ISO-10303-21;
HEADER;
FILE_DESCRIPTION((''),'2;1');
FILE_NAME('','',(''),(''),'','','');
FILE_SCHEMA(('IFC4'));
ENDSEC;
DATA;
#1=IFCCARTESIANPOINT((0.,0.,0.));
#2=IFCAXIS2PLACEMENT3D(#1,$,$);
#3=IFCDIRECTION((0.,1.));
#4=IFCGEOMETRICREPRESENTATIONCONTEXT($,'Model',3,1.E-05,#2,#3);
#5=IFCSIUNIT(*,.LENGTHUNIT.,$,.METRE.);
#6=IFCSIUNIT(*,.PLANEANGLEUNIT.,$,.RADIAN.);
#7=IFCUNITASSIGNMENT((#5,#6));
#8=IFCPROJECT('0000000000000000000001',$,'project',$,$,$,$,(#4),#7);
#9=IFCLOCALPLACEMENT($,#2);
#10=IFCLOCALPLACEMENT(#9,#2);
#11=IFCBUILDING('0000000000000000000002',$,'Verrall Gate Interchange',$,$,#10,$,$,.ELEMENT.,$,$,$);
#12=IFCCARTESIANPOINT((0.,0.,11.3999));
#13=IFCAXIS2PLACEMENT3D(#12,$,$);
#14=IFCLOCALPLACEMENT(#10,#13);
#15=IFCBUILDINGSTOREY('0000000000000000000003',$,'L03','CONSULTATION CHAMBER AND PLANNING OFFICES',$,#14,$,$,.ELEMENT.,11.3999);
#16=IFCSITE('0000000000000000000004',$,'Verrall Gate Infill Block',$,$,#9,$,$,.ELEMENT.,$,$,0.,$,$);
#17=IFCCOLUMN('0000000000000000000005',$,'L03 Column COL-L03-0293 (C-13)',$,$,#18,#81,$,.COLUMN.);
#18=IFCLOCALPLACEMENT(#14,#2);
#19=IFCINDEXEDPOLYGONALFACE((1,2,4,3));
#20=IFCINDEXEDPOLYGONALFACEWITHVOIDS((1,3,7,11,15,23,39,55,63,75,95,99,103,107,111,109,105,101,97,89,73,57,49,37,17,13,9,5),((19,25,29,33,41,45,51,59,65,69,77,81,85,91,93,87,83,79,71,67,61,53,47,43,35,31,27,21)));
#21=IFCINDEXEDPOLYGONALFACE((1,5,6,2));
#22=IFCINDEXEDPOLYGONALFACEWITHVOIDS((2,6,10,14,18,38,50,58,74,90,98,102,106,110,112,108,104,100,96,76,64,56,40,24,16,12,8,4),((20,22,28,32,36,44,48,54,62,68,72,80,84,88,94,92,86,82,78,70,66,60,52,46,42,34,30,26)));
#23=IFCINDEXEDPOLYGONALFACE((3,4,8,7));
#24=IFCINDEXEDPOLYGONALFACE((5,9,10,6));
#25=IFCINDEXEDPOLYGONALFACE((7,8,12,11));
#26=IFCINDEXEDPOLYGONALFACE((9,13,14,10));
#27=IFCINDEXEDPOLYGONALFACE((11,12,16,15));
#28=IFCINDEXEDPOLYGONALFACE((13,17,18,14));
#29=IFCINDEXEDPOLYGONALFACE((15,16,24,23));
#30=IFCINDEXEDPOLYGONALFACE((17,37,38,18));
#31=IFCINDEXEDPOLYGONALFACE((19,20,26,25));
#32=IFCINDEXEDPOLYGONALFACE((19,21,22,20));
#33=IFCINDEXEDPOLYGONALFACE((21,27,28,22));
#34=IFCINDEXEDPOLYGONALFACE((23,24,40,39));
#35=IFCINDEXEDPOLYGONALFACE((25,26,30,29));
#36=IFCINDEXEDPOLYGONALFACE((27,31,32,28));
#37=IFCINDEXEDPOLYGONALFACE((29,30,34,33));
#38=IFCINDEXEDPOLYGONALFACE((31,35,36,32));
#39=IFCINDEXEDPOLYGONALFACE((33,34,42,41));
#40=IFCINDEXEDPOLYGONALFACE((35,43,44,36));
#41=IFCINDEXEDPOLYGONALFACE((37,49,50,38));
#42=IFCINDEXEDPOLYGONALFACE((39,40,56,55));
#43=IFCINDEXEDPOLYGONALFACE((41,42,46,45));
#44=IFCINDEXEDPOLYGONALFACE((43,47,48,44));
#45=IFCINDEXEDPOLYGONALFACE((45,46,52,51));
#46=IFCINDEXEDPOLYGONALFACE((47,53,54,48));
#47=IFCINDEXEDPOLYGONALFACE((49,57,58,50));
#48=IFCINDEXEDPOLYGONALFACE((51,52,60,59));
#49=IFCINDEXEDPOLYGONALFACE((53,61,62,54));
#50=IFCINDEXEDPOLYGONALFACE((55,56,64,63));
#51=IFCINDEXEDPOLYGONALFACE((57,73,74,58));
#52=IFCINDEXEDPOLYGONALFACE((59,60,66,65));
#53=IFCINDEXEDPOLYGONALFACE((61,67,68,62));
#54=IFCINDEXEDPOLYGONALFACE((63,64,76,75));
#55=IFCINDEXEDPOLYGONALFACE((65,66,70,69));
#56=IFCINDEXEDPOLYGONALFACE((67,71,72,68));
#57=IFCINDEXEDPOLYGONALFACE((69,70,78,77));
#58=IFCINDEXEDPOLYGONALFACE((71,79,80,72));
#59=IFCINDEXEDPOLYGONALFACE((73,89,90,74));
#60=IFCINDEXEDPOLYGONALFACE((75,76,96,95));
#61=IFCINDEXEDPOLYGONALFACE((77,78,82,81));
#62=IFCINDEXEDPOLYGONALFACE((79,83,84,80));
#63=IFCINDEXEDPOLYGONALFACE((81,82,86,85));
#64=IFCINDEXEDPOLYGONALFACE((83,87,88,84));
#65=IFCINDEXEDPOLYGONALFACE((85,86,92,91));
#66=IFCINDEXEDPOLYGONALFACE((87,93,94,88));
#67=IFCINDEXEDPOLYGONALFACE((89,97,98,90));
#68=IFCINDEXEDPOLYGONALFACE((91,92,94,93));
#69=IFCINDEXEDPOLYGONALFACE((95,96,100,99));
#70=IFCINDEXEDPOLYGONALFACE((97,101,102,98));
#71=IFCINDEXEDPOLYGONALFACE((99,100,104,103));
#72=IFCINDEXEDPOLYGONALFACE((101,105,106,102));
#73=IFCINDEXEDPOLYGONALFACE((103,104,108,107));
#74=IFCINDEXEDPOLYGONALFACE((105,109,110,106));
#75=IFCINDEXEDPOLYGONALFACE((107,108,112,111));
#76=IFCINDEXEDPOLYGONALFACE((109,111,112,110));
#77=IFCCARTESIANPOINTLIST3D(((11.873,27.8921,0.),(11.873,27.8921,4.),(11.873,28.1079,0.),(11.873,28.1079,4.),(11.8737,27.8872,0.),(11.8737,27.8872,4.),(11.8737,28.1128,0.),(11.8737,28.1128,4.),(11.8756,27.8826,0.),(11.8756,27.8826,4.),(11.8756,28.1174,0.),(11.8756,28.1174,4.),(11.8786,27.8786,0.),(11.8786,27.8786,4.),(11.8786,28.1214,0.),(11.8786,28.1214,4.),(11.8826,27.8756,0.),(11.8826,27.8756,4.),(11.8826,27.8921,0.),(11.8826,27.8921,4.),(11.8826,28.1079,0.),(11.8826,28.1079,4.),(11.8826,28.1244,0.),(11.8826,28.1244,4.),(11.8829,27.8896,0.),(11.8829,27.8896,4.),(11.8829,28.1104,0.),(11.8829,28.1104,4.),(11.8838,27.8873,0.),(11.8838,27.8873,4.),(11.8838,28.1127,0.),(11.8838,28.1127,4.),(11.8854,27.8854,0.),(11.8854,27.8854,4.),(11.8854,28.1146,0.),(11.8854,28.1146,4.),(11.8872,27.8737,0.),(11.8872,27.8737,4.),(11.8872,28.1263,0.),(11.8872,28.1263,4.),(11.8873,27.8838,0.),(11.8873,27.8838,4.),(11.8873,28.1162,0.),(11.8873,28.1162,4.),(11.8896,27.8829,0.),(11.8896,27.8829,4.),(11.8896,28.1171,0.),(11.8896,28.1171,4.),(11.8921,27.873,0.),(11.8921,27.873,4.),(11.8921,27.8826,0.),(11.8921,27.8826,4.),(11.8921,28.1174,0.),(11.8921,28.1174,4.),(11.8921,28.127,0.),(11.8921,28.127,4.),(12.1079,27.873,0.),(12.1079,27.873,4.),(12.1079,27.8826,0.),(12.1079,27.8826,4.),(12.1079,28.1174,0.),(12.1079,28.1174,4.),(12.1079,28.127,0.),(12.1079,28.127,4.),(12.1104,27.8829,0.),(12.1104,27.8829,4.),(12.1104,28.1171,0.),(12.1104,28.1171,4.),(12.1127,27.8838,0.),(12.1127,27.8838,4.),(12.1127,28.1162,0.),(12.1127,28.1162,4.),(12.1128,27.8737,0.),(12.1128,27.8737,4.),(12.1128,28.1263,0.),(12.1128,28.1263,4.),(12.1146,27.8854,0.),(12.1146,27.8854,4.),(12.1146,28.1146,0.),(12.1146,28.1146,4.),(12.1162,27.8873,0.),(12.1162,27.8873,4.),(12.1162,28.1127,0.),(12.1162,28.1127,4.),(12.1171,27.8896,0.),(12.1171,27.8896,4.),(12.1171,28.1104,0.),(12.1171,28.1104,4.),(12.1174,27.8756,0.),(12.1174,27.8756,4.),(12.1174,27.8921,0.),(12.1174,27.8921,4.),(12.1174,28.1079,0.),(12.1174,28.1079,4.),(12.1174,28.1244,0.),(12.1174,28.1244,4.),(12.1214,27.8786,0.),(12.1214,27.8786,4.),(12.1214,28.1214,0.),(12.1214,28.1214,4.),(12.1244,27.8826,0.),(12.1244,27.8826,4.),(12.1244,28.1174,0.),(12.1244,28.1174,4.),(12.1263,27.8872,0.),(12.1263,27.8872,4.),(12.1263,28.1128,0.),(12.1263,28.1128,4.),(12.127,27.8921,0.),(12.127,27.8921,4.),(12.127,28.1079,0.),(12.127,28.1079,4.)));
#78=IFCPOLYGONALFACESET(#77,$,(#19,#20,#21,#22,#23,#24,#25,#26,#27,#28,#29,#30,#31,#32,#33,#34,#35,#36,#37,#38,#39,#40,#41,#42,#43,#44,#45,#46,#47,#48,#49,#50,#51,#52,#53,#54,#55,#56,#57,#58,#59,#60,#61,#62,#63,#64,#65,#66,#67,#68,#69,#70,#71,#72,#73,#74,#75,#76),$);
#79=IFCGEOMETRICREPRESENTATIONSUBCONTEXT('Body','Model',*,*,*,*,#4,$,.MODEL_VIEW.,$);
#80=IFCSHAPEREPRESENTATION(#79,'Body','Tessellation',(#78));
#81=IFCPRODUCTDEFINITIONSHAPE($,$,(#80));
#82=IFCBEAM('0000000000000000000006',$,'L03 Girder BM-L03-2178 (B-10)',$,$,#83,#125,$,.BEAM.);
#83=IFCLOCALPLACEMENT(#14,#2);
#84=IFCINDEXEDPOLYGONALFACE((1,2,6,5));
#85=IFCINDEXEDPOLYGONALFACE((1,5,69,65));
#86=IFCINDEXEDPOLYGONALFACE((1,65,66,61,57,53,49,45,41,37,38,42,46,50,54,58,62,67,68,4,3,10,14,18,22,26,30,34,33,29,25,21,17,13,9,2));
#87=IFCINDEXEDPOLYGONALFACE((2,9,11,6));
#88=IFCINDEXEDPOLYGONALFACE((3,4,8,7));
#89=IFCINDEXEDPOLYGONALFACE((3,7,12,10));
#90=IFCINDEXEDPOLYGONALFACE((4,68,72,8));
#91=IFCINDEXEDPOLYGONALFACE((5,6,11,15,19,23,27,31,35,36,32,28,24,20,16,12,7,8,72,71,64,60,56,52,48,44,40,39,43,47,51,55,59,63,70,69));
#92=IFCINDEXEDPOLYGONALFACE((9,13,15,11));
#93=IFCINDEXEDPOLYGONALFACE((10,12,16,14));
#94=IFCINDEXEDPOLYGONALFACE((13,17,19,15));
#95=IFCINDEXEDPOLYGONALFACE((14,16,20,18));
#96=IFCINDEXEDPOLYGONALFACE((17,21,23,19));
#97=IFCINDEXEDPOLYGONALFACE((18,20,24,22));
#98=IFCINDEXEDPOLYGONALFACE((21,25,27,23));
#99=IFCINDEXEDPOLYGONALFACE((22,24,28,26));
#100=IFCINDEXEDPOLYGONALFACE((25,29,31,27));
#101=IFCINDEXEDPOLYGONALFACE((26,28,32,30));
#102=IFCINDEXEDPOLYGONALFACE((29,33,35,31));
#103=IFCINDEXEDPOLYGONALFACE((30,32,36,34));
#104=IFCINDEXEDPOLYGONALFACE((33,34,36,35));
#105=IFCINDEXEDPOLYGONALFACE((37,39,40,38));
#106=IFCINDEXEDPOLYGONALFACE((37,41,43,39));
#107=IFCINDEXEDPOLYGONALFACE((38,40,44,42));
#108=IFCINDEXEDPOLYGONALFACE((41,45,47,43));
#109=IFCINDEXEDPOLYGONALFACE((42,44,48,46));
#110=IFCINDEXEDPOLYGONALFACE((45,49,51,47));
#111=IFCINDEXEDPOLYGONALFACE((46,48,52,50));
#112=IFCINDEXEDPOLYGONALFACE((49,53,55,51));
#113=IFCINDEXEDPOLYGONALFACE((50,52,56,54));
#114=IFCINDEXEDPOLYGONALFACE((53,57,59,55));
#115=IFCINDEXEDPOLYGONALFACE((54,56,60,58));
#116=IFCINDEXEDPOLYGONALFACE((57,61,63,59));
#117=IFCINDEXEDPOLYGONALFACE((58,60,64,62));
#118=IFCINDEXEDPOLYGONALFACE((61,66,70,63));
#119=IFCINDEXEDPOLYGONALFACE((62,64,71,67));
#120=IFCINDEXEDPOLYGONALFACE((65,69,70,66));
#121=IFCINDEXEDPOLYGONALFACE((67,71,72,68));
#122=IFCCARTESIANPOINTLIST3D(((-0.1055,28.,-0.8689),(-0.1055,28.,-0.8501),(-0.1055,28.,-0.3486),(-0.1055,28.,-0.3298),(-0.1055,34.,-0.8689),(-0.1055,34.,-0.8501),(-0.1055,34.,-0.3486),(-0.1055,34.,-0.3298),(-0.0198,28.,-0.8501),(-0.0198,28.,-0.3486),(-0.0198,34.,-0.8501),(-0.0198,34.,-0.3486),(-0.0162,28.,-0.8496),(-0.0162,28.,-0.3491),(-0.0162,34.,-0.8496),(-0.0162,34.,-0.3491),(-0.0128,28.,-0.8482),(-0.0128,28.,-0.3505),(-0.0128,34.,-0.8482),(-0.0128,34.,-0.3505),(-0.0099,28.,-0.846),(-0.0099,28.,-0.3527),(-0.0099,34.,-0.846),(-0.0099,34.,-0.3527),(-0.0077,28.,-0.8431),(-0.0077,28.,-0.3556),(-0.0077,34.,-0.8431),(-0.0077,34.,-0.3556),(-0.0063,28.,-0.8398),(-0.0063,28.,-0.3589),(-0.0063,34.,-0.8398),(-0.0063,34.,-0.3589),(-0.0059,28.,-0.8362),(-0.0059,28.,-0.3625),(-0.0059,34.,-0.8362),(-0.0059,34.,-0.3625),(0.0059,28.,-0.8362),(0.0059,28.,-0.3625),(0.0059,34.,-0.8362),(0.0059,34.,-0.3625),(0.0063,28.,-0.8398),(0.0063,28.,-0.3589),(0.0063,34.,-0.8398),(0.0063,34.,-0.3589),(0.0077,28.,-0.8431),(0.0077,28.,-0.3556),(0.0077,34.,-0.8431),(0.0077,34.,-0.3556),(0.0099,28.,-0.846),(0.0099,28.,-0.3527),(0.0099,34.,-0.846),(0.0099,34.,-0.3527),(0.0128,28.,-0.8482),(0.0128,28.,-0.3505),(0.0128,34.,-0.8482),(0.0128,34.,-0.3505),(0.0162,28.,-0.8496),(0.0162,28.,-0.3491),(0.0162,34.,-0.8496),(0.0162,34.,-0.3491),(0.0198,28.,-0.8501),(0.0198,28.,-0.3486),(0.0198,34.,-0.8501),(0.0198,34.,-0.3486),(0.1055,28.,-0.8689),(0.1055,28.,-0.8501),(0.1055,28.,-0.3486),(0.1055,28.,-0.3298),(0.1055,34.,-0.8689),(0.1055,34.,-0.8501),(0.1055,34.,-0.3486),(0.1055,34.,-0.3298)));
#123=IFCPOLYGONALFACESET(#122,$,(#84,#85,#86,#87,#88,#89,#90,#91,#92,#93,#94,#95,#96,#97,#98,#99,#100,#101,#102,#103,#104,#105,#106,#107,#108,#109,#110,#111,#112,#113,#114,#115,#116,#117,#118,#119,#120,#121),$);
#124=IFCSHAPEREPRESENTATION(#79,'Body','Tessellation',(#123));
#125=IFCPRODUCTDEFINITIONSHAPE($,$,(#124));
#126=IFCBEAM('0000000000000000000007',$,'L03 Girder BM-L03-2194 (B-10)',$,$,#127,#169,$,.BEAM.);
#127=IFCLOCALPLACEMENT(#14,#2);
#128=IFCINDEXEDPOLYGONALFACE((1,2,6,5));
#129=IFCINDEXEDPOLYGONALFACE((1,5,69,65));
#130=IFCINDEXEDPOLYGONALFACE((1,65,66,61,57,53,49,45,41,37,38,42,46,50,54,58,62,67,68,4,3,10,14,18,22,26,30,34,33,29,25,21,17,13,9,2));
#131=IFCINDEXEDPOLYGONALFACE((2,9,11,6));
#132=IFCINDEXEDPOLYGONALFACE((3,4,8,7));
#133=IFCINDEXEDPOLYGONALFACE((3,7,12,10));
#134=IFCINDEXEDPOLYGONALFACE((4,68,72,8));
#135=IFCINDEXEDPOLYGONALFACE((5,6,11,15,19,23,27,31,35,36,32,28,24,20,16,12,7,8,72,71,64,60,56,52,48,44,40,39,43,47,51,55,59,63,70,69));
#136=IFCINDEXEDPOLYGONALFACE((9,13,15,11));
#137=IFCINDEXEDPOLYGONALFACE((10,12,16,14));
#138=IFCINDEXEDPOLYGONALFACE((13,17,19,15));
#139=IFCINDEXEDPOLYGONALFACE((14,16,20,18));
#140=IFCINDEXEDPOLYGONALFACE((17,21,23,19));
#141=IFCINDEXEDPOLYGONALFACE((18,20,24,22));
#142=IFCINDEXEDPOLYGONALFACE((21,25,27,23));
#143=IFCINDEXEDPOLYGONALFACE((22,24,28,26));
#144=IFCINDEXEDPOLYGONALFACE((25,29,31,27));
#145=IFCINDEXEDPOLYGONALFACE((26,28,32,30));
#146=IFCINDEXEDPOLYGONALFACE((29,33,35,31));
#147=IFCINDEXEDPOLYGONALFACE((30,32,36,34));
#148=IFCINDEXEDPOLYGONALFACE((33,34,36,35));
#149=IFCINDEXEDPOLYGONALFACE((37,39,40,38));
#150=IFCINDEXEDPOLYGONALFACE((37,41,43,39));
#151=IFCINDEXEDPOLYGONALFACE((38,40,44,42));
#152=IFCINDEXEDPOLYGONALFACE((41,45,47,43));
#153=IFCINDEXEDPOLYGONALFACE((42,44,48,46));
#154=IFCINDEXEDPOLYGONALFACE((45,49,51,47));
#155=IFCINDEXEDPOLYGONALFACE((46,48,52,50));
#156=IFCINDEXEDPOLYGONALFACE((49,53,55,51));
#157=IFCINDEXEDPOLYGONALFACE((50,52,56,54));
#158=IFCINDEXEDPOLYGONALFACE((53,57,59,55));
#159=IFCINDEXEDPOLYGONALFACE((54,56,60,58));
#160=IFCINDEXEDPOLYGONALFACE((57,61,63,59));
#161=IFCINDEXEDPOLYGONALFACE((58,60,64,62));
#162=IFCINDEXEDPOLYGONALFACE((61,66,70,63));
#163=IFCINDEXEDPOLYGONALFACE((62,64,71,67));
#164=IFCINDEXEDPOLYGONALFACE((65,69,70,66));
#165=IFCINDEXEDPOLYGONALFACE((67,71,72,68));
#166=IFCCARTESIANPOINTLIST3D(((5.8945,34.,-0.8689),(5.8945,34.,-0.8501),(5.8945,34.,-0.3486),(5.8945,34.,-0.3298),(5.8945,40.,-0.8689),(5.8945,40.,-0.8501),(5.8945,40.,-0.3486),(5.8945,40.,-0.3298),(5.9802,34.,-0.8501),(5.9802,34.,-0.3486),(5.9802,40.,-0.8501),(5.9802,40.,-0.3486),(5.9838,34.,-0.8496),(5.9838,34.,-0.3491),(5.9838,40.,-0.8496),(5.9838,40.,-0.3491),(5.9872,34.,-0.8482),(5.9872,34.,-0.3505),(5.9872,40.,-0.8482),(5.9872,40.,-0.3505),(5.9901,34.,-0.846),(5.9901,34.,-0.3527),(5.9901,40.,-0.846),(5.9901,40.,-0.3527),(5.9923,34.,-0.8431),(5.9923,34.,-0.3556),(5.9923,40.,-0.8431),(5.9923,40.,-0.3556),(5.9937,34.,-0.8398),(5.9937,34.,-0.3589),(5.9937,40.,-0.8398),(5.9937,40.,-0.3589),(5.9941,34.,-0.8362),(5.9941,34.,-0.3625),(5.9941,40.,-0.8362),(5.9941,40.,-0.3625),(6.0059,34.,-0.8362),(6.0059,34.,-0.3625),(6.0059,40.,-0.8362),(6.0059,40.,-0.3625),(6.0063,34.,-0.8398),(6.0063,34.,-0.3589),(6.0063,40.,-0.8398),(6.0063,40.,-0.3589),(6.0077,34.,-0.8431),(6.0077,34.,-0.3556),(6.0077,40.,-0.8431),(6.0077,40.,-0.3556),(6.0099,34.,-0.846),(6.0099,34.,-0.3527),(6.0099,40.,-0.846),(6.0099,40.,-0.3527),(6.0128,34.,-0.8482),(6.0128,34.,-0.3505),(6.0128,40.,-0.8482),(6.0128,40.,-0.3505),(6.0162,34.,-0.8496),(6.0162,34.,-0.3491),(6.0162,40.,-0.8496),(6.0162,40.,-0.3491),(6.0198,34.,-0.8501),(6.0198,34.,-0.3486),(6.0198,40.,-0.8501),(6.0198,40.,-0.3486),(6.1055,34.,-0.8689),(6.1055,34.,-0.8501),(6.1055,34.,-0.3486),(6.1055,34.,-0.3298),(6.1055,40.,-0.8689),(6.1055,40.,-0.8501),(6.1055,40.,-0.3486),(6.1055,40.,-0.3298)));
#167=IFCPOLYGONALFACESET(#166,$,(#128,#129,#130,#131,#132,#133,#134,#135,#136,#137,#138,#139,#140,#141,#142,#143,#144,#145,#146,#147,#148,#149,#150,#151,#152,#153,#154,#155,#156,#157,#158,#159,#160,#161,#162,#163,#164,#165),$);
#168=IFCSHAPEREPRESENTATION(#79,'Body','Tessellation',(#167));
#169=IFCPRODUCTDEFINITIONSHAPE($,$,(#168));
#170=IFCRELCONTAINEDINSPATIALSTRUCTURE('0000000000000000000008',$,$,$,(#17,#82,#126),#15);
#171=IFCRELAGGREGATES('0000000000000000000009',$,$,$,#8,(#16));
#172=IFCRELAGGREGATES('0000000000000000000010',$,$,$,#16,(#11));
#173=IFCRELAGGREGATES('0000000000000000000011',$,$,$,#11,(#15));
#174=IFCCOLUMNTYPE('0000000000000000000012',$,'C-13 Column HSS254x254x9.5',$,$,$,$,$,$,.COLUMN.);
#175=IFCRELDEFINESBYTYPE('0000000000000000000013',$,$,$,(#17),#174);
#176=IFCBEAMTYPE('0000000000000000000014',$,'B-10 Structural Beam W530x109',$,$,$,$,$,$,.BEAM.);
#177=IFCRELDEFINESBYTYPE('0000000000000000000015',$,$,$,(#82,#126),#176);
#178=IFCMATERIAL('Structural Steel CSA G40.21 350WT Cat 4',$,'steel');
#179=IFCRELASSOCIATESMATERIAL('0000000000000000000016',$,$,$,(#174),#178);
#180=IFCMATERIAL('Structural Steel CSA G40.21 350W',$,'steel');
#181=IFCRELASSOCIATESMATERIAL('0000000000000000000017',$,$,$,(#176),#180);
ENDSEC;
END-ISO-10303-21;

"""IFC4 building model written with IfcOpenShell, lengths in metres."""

from ifc_helpers import new_model, si_unit, direction, frame, origin, origin_2d, place, context, subcontext, project, spatial, hollow_rectangle, i_section, extrude, material, material_profile, profile_set, type_object, element, save


model = new_model("IFC4")

# Units and contexts
model_context = context("Model", 3, precision=1e-05, world=origin(), true_north=direction((0.0, 1.0)))
body_context = subcontext(model_context, "Body", "Model", "MODEL_VIEW")
ifc_project = project(units=[si_unit("LENGTHUNIT", "METRE"), si_unit("PLANEANGLEUNIT", "RADIAN")], contexts=[model_context])

# Site, building, storey
site_placement = place(None, origin())
site = spatial("IfcSite", under=ifc_project, at=site_placement, Name="Verrall Gate Infill Block", CompositionType="ELEMENT", RefElevation=0.0)
building_placement = place(site_placement, origin())
building = spatial("IfcBuilding", under=site, at=building_placement, Name="Verrall Gate Interchange", CompositionType="ELEMENT")
storey_placement = place(building_placement, frame((0.0, 0.0, 11.3999)))
storey = spatial("IfcBuildingStorey", under=building, at=storey_placement, Name="L03", Description="CONSULTATION CHAMBER AND PLANNING OFFICES", CompositionType="ELEMENT", Elevation=11.3999)

# Column
ifc_material_1 = material(Name="Structural Steel CSA G40.21 350WT Cat 4", Category="steel")
ifc_material_profile_1 = material_profile(ifc_material_1, hollow_rectangle(XDim=0.2539, YDim=0.2539, WallThickness=0.0095, InnerFilletRadius=0.0095, OuterFilletRadius=0.019, at=origin_2d()), Name="HSS254x254x9.5")
ifc_profile_set_1 = profile_set([ifc_material_profile_1], Name="Structural Steel CSA G40.21 350WT Cat 4")
column_type_1 = type_object("IfcColumnType", Name="C-13 Column HSS254x254x9.5", PredefinedType="COLUMN", material=ifc_profile_set_1)
for number, where, z_axis, x_axis, name in (
    (1, (12.0, 28.0, 0.0), (0.0, 0.0, 1.0), (1.0, 0.0, 0.0), "L03 Column COL-L03-0293 (C-13)"),
):
    element("IfcColumn", number, at=place(storey_placement, frame(where, z_axis=z_axis, x_axis=x_axis)), inside=storey, type_object=column_type_1, Name=name, PredefinedType="COLUMN", context=body_context, shape_type="SweptSolid", body=[
        extrude(hollow_rectangle(XDim=0.2539, YDim=0.2539, WallThickness=0.0095, InnerFilletRadius=0.0095, OuterFilletRadius=0.019, at=origin_2d()), origin(), (0.0, 0.0, 1.0), 4.0),
    ])

# Beams
ifc_material_2 = material(Name="Structural Steel CSA G40.21 350W", Category="steel")
ifc_material_profile_2 = material_profile(ifc_material_2, i_section(OverallWidth=0.2109, OverallDepth=0.5391, WebThickness=0.0117, FlangeThickness=0.0188, FilletRadius=0.0139, at=origin_2d()), Name="W530x109")
ifc_profile_set_2 = profile_set([ifc_material_profile_2], Name="Structural Steel CSA G40.21 350W")
beam_type_1 = type_object("IfcBeamType", Name="B-10 Structural Beam W530x109", PredefinedType="BEAM", material=ifc_profile_set_2)
for number, where, z_axis, x_axis, name in (
    (2, (0.0, 28.0, -0.5994), (0.0, 1.0, 0.0), (-1.0, 0.0, 0.0), "L03 Girder BM-L03-2178 (B-10)"),
    (3, (6.0, 34.0, -0.5994), (0.0, 1.0, 0.0), (-1.0, 0.0, 0.0), "L03 Girder BM-L03-2194 (B-10)"),
):
    element("IfcBeam", number, at=place(storey_placement, frame(where, z_axis=z_axis, x_axis=x_axis)), inside=storey, type_object=beam_type_1, Name=name, PredefinedType="BEAM", context=body_context, shape_type="SweptSolid", body=[
        extrude(i_section(OverallWidth=0.2109, OverallDepth=0.5391, WebThickness=0.0117, FlangeThickness=0.0188, FilletRadius=0.0139, at=origin_2d()), origin(), (0.0, 0.0, 1.0), 6.0),
    ])

save(model, "model.ifc")
